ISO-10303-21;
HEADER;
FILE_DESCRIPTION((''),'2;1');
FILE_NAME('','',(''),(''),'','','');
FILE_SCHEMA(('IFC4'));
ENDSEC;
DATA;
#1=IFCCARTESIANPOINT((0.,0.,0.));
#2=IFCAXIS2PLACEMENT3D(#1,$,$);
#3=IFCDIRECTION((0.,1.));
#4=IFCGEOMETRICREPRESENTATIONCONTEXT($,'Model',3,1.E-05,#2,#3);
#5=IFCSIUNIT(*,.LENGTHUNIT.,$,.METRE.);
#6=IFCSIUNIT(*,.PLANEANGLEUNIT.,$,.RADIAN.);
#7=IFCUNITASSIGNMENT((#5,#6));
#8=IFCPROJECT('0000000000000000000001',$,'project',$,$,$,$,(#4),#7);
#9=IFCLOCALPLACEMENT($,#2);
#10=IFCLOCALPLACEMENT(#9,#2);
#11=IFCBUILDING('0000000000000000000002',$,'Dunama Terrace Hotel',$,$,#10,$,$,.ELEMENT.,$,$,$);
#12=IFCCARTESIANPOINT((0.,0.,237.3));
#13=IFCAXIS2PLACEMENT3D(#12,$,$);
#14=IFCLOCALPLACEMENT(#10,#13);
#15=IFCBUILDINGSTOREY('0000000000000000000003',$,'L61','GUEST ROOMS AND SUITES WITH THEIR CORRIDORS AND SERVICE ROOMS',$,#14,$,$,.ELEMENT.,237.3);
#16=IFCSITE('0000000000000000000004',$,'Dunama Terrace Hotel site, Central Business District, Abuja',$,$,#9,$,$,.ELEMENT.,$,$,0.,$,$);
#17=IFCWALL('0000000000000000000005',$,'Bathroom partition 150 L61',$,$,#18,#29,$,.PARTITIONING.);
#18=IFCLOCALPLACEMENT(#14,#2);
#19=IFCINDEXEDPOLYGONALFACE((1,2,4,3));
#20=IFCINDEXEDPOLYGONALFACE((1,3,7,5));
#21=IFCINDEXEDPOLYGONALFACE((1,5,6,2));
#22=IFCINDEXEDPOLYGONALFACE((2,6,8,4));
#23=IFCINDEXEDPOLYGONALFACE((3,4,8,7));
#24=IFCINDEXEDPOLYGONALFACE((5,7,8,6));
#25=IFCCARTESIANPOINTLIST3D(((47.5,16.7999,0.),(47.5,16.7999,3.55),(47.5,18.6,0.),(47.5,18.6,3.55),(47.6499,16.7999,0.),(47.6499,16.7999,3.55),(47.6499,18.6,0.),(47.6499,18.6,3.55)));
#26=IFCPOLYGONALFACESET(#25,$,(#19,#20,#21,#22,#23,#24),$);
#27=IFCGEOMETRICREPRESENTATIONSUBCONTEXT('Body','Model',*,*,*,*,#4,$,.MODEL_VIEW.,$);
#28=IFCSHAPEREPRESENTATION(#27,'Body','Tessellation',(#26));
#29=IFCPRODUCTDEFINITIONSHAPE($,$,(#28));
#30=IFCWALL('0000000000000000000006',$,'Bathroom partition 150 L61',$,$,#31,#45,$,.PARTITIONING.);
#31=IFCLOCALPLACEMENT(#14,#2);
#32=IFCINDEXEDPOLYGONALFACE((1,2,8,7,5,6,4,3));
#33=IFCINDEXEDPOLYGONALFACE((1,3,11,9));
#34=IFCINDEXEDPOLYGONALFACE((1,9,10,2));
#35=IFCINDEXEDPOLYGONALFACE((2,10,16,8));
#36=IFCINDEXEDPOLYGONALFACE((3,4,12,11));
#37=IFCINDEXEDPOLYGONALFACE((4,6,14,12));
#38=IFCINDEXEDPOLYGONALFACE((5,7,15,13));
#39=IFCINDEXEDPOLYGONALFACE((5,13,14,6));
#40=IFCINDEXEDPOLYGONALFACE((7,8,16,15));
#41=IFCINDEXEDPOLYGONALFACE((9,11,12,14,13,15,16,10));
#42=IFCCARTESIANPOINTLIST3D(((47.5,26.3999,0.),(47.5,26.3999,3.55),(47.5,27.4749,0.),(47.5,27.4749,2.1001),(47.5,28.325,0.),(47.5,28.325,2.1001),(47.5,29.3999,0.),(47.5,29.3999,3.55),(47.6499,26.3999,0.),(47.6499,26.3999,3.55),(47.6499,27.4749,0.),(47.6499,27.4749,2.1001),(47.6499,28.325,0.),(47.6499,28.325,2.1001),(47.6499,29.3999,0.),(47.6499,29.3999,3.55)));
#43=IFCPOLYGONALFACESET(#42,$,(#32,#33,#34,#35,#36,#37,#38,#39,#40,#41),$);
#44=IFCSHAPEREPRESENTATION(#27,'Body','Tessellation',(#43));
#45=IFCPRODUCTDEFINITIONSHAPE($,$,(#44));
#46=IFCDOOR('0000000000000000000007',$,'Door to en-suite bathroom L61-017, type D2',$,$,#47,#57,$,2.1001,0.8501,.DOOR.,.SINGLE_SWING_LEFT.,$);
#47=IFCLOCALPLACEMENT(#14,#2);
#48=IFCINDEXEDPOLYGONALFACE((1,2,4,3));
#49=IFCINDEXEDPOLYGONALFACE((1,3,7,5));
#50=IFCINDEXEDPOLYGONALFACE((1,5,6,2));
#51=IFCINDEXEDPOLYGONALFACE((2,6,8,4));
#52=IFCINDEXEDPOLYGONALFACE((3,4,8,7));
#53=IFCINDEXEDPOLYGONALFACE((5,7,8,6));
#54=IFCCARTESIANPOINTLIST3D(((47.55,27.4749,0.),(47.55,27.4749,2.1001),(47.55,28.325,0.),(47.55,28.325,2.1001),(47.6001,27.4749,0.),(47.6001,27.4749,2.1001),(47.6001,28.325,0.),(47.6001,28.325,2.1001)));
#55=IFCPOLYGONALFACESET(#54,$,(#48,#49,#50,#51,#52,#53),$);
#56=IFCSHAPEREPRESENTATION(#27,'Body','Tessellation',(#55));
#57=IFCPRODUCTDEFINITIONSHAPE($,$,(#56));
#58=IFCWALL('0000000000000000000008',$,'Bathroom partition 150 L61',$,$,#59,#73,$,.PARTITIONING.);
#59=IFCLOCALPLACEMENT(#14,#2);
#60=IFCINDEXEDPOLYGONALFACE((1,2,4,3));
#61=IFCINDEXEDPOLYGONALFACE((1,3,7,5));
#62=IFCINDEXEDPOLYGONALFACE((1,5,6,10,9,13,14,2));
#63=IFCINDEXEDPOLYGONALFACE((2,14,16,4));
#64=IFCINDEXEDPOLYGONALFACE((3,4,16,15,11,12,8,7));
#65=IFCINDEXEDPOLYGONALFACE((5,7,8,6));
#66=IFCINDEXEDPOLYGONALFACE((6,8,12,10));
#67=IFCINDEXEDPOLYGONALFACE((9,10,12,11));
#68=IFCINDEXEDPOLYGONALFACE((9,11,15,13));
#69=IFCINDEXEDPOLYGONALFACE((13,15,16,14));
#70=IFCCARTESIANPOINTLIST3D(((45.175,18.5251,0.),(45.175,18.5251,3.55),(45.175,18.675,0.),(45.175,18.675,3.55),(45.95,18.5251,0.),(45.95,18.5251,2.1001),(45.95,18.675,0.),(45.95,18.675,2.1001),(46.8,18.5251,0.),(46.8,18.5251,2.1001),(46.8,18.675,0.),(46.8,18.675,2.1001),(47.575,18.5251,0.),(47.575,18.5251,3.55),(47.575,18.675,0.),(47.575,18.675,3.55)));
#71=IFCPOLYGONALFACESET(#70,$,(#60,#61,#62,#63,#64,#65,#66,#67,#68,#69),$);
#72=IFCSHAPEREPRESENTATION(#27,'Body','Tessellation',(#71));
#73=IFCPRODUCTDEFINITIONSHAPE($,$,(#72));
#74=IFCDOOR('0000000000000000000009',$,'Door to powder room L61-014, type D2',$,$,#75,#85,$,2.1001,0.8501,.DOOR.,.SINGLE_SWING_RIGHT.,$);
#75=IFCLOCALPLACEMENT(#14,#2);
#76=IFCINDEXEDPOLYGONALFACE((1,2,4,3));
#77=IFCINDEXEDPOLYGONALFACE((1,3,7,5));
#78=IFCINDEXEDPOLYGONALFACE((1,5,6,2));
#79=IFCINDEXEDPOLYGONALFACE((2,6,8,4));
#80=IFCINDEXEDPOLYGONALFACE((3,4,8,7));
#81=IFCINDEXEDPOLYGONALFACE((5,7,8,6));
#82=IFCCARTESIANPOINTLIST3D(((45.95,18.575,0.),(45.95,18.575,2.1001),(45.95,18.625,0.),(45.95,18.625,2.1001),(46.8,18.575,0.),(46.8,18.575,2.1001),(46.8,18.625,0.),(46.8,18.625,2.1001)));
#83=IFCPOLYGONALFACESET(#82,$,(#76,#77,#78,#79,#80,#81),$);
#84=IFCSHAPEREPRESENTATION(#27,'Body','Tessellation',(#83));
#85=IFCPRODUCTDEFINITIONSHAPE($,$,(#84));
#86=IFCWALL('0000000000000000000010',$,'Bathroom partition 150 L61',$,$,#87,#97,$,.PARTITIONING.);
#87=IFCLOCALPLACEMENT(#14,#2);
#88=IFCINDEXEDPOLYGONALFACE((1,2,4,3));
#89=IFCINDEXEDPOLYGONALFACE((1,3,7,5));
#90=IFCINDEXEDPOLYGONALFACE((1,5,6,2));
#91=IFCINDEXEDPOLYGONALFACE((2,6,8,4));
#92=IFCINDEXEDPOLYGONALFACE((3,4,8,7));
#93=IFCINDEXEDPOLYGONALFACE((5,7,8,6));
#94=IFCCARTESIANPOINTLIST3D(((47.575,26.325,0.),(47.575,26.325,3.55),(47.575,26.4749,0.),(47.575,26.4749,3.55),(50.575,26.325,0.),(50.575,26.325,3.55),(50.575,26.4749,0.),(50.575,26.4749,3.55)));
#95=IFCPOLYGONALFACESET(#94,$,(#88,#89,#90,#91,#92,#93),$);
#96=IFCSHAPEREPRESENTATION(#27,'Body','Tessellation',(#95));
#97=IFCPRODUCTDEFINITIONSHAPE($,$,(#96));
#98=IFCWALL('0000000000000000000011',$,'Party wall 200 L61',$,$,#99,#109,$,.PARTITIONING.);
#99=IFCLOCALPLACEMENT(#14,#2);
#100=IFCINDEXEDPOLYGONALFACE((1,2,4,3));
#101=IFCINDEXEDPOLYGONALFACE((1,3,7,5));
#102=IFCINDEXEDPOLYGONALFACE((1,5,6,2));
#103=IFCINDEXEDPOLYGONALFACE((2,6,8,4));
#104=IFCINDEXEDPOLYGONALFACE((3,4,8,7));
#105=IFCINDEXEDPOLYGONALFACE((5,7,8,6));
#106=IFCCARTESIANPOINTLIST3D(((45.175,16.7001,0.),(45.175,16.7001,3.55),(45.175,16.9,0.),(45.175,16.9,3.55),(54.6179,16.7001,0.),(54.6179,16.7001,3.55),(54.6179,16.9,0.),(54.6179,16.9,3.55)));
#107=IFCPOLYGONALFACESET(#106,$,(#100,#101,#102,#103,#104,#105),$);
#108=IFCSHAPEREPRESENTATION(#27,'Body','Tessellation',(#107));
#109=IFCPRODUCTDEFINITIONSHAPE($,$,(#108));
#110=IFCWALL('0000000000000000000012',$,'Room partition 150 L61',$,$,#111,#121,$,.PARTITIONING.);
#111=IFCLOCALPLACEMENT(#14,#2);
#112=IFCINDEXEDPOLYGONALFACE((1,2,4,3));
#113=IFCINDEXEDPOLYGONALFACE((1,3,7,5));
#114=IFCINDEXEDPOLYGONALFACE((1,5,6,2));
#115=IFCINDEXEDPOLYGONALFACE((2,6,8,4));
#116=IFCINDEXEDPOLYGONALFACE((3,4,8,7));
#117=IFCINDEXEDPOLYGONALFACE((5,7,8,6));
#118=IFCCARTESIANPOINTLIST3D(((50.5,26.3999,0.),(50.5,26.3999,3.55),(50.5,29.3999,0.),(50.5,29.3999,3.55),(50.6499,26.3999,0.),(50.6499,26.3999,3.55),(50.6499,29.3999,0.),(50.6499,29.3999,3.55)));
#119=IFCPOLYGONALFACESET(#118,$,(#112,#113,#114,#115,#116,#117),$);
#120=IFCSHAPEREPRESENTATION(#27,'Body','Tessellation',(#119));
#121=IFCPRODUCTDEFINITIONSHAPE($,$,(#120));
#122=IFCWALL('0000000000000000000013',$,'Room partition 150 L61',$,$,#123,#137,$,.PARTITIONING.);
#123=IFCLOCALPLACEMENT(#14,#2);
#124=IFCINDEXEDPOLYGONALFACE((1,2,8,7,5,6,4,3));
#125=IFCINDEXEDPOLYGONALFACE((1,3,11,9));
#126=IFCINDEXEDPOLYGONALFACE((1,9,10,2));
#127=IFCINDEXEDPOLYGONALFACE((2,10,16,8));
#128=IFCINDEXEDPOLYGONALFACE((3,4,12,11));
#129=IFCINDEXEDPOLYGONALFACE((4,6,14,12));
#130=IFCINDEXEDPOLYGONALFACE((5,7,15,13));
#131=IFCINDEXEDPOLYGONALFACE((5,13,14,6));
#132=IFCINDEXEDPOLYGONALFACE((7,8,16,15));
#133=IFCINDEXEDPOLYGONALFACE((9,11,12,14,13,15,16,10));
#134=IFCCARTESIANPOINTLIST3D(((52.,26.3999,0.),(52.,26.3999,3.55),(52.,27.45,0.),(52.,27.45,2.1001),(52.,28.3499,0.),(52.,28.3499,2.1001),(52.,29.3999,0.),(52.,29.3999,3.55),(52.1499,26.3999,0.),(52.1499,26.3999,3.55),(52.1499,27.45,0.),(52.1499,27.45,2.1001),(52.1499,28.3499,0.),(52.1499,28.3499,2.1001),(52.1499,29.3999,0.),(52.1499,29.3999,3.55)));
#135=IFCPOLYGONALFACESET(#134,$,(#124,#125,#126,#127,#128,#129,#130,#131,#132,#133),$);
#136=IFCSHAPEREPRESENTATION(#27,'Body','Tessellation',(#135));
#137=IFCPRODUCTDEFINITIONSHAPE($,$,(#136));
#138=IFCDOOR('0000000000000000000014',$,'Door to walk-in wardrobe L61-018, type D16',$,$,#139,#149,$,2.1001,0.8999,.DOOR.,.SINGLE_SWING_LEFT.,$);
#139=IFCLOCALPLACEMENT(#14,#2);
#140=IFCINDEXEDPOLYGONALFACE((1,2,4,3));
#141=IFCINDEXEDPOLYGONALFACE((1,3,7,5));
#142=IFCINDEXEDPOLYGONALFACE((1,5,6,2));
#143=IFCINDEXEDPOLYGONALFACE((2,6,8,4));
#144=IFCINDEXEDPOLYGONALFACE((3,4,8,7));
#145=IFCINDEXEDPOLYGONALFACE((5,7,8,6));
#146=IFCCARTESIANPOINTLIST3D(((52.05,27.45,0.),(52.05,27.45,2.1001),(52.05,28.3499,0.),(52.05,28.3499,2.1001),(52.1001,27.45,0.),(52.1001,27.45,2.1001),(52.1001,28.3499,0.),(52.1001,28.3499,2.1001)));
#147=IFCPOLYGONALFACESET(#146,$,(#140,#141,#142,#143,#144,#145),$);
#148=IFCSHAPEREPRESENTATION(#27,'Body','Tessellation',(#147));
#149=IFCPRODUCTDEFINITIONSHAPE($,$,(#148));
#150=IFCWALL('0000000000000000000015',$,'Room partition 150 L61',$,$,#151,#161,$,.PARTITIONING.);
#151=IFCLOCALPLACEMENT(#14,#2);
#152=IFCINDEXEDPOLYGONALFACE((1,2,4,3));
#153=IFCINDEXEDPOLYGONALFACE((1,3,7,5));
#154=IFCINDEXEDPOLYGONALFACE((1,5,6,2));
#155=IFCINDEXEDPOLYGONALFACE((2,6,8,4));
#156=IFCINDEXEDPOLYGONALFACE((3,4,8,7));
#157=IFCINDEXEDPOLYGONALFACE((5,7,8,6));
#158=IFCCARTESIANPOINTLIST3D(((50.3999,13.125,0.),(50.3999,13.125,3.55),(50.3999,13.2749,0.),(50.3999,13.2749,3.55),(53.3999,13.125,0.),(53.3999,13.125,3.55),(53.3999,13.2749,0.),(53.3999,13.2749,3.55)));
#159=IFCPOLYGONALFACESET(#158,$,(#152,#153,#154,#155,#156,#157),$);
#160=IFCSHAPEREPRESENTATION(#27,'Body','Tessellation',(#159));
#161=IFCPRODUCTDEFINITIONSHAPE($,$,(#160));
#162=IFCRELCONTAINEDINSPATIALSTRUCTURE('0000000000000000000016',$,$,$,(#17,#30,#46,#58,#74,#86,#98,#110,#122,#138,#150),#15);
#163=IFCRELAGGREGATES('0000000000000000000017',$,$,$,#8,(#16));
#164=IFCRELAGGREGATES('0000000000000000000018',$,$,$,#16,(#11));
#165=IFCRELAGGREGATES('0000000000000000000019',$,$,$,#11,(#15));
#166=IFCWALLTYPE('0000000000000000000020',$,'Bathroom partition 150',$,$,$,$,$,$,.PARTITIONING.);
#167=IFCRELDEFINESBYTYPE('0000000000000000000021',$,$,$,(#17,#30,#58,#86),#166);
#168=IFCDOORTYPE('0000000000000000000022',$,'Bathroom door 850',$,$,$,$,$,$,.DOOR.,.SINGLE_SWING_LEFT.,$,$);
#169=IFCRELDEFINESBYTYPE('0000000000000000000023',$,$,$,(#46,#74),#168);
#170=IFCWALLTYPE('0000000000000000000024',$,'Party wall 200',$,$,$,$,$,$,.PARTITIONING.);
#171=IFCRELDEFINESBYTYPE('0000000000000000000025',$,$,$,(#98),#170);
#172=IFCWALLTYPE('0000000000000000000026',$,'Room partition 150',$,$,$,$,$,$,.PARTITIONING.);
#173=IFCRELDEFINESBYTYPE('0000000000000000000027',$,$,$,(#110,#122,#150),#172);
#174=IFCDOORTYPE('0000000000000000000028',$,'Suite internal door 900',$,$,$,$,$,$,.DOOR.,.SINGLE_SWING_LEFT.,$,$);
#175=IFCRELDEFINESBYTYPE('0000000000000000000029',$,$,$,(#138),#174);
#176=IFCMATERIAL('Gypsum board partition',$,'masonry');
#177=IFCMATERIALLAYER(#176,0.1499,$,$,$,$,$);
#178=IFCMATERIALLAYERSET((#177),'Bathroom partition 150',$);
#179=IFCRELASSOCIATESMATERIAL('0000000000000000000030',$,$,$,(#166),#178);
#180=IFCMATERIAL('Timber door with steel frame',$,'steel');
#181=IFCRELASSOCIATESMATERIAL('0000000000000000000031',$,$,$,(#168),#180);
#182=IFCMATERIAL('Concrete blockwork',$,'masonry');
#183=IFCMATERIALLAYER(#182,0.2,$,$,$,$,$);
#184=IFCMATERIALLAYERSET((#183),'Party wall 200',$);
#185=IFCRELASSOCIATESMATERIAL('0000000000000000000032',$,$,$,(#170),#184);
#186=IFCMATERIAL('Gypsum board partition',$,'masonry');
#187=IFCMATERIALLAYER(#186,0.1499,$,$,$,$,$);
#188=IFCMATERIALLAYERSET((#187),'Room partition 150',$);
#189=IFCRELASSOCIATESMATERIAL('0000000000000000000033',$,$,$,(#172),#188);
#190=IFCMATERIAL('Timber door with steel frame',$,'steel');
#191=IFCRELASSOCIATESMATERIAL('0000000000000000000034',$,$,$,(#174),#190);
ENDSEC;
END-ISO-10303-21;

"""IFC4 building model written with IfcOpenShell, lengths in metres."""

from ifc_helpers import new_model, si_unit, direction, frame, frame_2d, origin, place, context, subcontext, project, spatial, rectangle, extrude, material, layer, layer_set, type_object, element, fill, save


model = new_model("IFC4")

# Units and contexts
model_context = context("Model", 3, precision=1e-05, world=origin(), true_north=direction((0.0, 1.0)))
body_context = subcontext(model_context, "Body", "Model", "MODEL_VIEW")
ifc_project = project(units=[si_unit("LENGTHUNIT", "METRE"), si_unit("PLANEANGLEUNIT", "RADIAN")], contexts=[model_context])

# Site, building, storey
site_placement = place(None, origin())
site = spatial("IfcSite", under=ifc_project, at=site_placement, Name="Dunama Terrace Hotel site, Central Business District, Abuja", CompositionType="ELEMENT", RefElevation=0.0)
building_placement = place(site_placement, origin())
building = spatial("IfcBuilding", under=site, at=building_placement, Name="Dunama Terrace Hotel", CompositionType="ELEMENT")
storey_placement = place(building_placement, frame((0.0, 0.0, 237.3)))
storey = spatial("IfcBuildingStorey", under=building, at=storey_placement, Name="L61", Description="GUEST ROOMS AND SUITES WITH THEIR CORRIDORS AND SERVICE ROOMS", CompositionType="ELEMENT", Elevation=237.3)

# Wall
ifc_material_1 = material(Name="Gypsum board partition", Category="masonry")
ifc_layer_1 = layer(ifc_material_1, 0.1499)
ifc_layer_set_1 = layer_set([ifc_layer_1], Name="Bathroom partition 150")
wall_type_1 = type_object("IfcWallType", Name="Bathroom partition 150", PredefinedType="PARTITIONING", material=ifc_layer_set_1)
wall_1_placement = place(storey_placement, frame((47.575, 16.8, 0.0), z_axis=(0.0, 0.0, 1.0), x_axis=(0.0, 1.0, 0.0)))
element("IfcWall", 1, at=wall_1_placement, inside=storey, type_object=wall_type_1, Name="Bathroom partition 150 L61", PredefinedType="PARTITIONING", context=body_context, shape_type="SweptSolid", body=[
    extrude(rectangle(XDim=1.8, YDim=0.1499, at=frame_2d((0.8999, 0.0))), origin(), (0.0, 0.0, 1.0), 3.55),
])

# Walls, openings, doors
wall_2_placement = place(storey_placement, frame((47.575, 26.3999, 0.0), z_axis=(0.0, 0.0, 1.0), x_axis=(0.0, 1.0, 0.0)))
wall_2 = element("IfcWall", 2, at=wall_2_placement, inside=storey, type_object=wall_type_1, Name="Bathroom partition 150 L61", PredefinedType="PARTITIONING", context=body_context, shape_type="SweptSolid", body=[
    extrude(rectangle(XDim=3.0, YDim=0.1499, at=frame_2d((1.5, 0.0))), origin(), (0.0, 0.0, 1.0), 3.55),
])
opening_1_placement = place(wall_2_placement, frame((1.075, 0.0, 0.0)))
opening_1 = element("IfcOpeningElement", 3, at=opening_1_placement, cuts=wall_2, PredefinedType="OPENING", context=body_context, shape_type="SweptSolid", body=[
    extrude(rectangle(XDim=0.8501, YDim=2.1001, at=frame_2d((0.425, 1.05))), frame((0.0, 0.085, 0.0), z_axis=(0.0, -1.0, 0.0), x_axis=(1.0, 0.0, 0.0)), (0.0, 0.0, 1.0), 0.1699),
])
ifc_material_2 = material(Name="Timber door with steel frame", Category="steel")
door_type_1 = type_object("IfcDoorType", Name="Bathroom door 850", OperationType="SINGLE_SWING_LEFT", PredefinedType="DOOR", material=ifc_material_2)
door_1_placement = place(opening_1_placement, frame((0.8501, 0.0, 0.0), z_axis=(0.0, 0.0, 1.0), x_axis=(-1.0, 0.0, 0.0)))
door_1 = element("IfcDoor", 4, at=door_1_placement, inside=storey, type_object=door_type_1, Name="Door to en-suite bathroom L61-017, type D2", OperationType="SINGLE_SWING_LEFT", OverallHeight=2.1001, OverallWidth=0.8501, PredefinedType="DOOR", context=body_context, shape_type="SweptSolid", body=[
    extrude(rectangle(XDim=0.8501, YDim=2.1001, at=frame_2d((0.425, 1.05))), frame((0.0, 0.0251, 0.0), z_axis=(0.0, -1.0, 0.0), x_axis=(1.0, 0.0, 0.0)), (0.0, 0.0, 1.0), 0.05),
])
fill(opening_1, door_1)
wall_3_placement = place(storey_placement, frame((45.175, 18.6001, 0.0), z_axis=(0.0, 0.0, 1.0), x_axis=(1.0, 0.0, 0.0)))
wall_3 = element("IfcWall", 5, at=wall_3_placement, inside=storey, type_object=wall_type_1, Name="Bathroom partition 150 L61", PredefinedType="PARTITIONING", context=body_context, shape_type="SweptSolid", body=[
    extrude(rectangle(XDim=2.3999, YDim=0.1499, at=frame_2d((1.2, 0.0))), origin(), (0.0, 0.0, 1.0), 3.55),
])
opening_2_placement = place(wall_3_placement, frame((0.7749, 0.0, 0.0)))
opening_2 = element("IfcOpeningElement", 6, at=opening_2_placement, cuts=wall_3, PredefinedType="OPENING", context=body_context, shape_type="SweptSolid", body=[
    extrude(rectangle(XDim=0.8501, YDim=2.1001, at=frame_2d((0.425, 1.05))), frame((0.0, 0.085, 0.0), z_axis=(0.0, -1.0, 0.0), x_axis=(1.0, 0.0, 0.0)), (0.0, 0.0, 1.0), 0.1699),
])
door_2_placement = place(opening_2_placement, frame((0.8501, 0.0, 0.0), z_axis=(0.0, 0.0, 1.0), x_axis=(-1.0, 0.0, 0.0)))
door_2 = element("IfcDoor", 7, at=door_2_placement, inside=storey, type_object=door_type_1, Name="Door to powder room L61-014, type D2", OperationType="SINGLE_SWING_RIGHT", OverallHeight=2.1001, OverallWidth=0.8501, PredefinedType="DOOR", context=body_context, shape_type="SweptSolid", body=[
    extrude(rectangle(XDim=0.8501, YDim=2.1001, at=frame_2d((0.425, 1.05))), frame((0.0, 0.0251, 0.0), z_axis=(0.0, -1.0, 0.0), x_axis=(1.0, 0.0, 0.0)), (0.0, 0.0, 1.0), 0.05),
])
fill(opening_2, door_2)

# Walls
wall_4_placement = place(storey_placement, frame((47.575, 26.3999, 0.0), z_axis=(0.0, 0.0, 1.0), x_axis=(1.0, 0.0, 0.0)))
element("IfcWall", 8, at=wall_4_placement, inside=storey, type_object=wall_type_1, Name="Bathroom partition 150 L61", PredefinedType="PARTITIONING", context=body_context, shape_type="SweptSolid", body=[
    extrude(rectangle(XDim=3.0, YDim=0.1499, at=frame_2d((1.5, 0.0))), origin(), (0.0, 0.0, 1.0), 3.55),
])
ifc_material_3 = material(Name="Concrete blockwork", Category="masonry")
ifc_layer_2 = layer(ifc_material_3, 0.2)
ifc_layer_set_2 = layer_set([ifc_layer_2], Name="Party wall 200")
wall_type_2 = type_object("IfcWallType", Name="Party wall 200", PredefinedType="PARTITIONING", material=ifc_layer_set_2)
wall_5_placement = place(storey_placement, frame((45.175, 16.8, 0.0), z_axis=(0.0, 0.0, 1.0), x_axis=(1.0, 0.0, 0.0)))
element("IfcWall", 9, at=wall_5_placement, inside=storey, type_object=wall_type_2, Name="Party wall 200 L61", PredefinedType="PARTITIONING", context=body_context, shape_type="SweptSolid", body=[
    extrude(rectangle(XDim=9.4429, YDim=0.2, at=frame_2d((4.7214, 0.0))), origin(), (0.0, 0.0, 1.0), 3.55),
])
ifc_material_4 = material(Name="Gypsum board partition", Category="masonry")
ifc_layer_3 = layer(ifc_material_4, 0.1499)
ifc_layer_set_3 = layer_set([ifc_layer_3], Name="Room partition 150")
wall_type_3 = type_object("IfcWallType", Name="Room partition 150", PredefinedType="PARTITIONING", material=ifc_layer_set_3)
wall_6_placement = place(storey_placement, frame((50.575, 26.3999, 0.0), z_axis=(0.0, 0.0, 1.0), x_axis=(0.0, 1.0, 0.0)))
element("IfcWall", 10, at=wall_6_placement, inside=storey, type_object=wall_type_3, Name="Room partition 150 L61", PredefinedType="PARTITIONING", context=body_context, shape_type="SweptSolid", body=[
    extrude(rectangle(XDim=3.0, YDim=0.1499, at=frame_2d((1.5, 0.0))), origin(), (0.0, 0.0, 1.0), 3.55),
])

# Wall, opening, door
wall_7_placement = place(storey_placement, frame((52.075, 26.3999, 0.0), z_axis=(0.0, 0.0, 1.0), x_axis=(0.0, 1.0, 0.0)))
wall_7 = element("IfcWall", 11, at=wall_7_placement, inside=storey, type_object=wall_type_3, Name="Room partition 150 L61", PredefinedType="PARTITIONING", context=body_context, shape_type="SweptSolid", body=[
    extrude(rectangle(XDim=3.0, YDim=0.1499, at=frame_2d((1.5, 0.0))), origin(), (0.0, 0.0, 1.0), 3.55),
])
opening_3_placement = place(wall_7_placement, frame((1.05, 0.0, 0.0)))
opening_3 = element("IfcOpeningElement", 12, at=opening_3_placement, cuts=wall_7, PredefinedType="OPENING", context=body_context, shape_type="SweptSolid", body=[
    extrude(rectangle(XDim=0.8999, YDim=2.1001, at=frame_2d((0.45, 1.05))), frame((0.0, 0.085, 0.0), z_axis=(0.0, -1.0, 0.0), x_axis=(1.0, 0.0, 0.0)), (0.0, 0.0, 1.0), 0.1699),
])
ifc_material_5 = material(Name="Timber door with steel frame", Category="steel")
door_type_2 = type_object("IfcDoorType", Name="Suite internal door 900", OperationType="SINGLE_SWING_LEFT", PredefinedType="DOOR", material=ifc_material_5)
door_3_placement = place(opening_3_placement, origin())
door_3 = element("IfcDoor", 13, at=door_3_placement, inside=storey, type_object=door_type_2, Name="Door to walk-in wardrobe L61-018, type D16", OperationType="SINGLE_SWING_LEFT", OverallHeight=2.1001, OverallWidth=0.8999, PredefinedType="DOOR", context=body_context, shape_type="SweptSolid", body=[
    extrude(rectangle(XDim=0.8999, YDim=2.1001, at=frame_2d((0.45, 1.05))), frame((0.0, 0.0249, 0.0), z_axis=(0.0, -1.0, 0.0), x_axis=(1.0, 0.0, 0.0)), (0.0, 0.0, 1.0), 0.05),
])
fill(opening_3, door_3)

# Wall
wall_8_placement = place(storey_placement, frame((50.3999, 13.2, 0.0), z_axis=(0.0, 0.0, 1.0), x_axis=(1.0, 0.0, 0.0)))
element("IfcWall", 14, at=wall_8_placement, inside=storey, type_object=wall_type_3, Name="Room partition 150 L61", PredefinedType="PARTITIONING", context=body_context, shape_type="SweptSolid", body=[
    extrude(rectangle(XDim=3.0, YDim=0.1499, at=frame_2d((1.5, 0.0))), origin(), (0.0, 0.0, 1.0), 3.55),
])

save(model, "model.ifc")
